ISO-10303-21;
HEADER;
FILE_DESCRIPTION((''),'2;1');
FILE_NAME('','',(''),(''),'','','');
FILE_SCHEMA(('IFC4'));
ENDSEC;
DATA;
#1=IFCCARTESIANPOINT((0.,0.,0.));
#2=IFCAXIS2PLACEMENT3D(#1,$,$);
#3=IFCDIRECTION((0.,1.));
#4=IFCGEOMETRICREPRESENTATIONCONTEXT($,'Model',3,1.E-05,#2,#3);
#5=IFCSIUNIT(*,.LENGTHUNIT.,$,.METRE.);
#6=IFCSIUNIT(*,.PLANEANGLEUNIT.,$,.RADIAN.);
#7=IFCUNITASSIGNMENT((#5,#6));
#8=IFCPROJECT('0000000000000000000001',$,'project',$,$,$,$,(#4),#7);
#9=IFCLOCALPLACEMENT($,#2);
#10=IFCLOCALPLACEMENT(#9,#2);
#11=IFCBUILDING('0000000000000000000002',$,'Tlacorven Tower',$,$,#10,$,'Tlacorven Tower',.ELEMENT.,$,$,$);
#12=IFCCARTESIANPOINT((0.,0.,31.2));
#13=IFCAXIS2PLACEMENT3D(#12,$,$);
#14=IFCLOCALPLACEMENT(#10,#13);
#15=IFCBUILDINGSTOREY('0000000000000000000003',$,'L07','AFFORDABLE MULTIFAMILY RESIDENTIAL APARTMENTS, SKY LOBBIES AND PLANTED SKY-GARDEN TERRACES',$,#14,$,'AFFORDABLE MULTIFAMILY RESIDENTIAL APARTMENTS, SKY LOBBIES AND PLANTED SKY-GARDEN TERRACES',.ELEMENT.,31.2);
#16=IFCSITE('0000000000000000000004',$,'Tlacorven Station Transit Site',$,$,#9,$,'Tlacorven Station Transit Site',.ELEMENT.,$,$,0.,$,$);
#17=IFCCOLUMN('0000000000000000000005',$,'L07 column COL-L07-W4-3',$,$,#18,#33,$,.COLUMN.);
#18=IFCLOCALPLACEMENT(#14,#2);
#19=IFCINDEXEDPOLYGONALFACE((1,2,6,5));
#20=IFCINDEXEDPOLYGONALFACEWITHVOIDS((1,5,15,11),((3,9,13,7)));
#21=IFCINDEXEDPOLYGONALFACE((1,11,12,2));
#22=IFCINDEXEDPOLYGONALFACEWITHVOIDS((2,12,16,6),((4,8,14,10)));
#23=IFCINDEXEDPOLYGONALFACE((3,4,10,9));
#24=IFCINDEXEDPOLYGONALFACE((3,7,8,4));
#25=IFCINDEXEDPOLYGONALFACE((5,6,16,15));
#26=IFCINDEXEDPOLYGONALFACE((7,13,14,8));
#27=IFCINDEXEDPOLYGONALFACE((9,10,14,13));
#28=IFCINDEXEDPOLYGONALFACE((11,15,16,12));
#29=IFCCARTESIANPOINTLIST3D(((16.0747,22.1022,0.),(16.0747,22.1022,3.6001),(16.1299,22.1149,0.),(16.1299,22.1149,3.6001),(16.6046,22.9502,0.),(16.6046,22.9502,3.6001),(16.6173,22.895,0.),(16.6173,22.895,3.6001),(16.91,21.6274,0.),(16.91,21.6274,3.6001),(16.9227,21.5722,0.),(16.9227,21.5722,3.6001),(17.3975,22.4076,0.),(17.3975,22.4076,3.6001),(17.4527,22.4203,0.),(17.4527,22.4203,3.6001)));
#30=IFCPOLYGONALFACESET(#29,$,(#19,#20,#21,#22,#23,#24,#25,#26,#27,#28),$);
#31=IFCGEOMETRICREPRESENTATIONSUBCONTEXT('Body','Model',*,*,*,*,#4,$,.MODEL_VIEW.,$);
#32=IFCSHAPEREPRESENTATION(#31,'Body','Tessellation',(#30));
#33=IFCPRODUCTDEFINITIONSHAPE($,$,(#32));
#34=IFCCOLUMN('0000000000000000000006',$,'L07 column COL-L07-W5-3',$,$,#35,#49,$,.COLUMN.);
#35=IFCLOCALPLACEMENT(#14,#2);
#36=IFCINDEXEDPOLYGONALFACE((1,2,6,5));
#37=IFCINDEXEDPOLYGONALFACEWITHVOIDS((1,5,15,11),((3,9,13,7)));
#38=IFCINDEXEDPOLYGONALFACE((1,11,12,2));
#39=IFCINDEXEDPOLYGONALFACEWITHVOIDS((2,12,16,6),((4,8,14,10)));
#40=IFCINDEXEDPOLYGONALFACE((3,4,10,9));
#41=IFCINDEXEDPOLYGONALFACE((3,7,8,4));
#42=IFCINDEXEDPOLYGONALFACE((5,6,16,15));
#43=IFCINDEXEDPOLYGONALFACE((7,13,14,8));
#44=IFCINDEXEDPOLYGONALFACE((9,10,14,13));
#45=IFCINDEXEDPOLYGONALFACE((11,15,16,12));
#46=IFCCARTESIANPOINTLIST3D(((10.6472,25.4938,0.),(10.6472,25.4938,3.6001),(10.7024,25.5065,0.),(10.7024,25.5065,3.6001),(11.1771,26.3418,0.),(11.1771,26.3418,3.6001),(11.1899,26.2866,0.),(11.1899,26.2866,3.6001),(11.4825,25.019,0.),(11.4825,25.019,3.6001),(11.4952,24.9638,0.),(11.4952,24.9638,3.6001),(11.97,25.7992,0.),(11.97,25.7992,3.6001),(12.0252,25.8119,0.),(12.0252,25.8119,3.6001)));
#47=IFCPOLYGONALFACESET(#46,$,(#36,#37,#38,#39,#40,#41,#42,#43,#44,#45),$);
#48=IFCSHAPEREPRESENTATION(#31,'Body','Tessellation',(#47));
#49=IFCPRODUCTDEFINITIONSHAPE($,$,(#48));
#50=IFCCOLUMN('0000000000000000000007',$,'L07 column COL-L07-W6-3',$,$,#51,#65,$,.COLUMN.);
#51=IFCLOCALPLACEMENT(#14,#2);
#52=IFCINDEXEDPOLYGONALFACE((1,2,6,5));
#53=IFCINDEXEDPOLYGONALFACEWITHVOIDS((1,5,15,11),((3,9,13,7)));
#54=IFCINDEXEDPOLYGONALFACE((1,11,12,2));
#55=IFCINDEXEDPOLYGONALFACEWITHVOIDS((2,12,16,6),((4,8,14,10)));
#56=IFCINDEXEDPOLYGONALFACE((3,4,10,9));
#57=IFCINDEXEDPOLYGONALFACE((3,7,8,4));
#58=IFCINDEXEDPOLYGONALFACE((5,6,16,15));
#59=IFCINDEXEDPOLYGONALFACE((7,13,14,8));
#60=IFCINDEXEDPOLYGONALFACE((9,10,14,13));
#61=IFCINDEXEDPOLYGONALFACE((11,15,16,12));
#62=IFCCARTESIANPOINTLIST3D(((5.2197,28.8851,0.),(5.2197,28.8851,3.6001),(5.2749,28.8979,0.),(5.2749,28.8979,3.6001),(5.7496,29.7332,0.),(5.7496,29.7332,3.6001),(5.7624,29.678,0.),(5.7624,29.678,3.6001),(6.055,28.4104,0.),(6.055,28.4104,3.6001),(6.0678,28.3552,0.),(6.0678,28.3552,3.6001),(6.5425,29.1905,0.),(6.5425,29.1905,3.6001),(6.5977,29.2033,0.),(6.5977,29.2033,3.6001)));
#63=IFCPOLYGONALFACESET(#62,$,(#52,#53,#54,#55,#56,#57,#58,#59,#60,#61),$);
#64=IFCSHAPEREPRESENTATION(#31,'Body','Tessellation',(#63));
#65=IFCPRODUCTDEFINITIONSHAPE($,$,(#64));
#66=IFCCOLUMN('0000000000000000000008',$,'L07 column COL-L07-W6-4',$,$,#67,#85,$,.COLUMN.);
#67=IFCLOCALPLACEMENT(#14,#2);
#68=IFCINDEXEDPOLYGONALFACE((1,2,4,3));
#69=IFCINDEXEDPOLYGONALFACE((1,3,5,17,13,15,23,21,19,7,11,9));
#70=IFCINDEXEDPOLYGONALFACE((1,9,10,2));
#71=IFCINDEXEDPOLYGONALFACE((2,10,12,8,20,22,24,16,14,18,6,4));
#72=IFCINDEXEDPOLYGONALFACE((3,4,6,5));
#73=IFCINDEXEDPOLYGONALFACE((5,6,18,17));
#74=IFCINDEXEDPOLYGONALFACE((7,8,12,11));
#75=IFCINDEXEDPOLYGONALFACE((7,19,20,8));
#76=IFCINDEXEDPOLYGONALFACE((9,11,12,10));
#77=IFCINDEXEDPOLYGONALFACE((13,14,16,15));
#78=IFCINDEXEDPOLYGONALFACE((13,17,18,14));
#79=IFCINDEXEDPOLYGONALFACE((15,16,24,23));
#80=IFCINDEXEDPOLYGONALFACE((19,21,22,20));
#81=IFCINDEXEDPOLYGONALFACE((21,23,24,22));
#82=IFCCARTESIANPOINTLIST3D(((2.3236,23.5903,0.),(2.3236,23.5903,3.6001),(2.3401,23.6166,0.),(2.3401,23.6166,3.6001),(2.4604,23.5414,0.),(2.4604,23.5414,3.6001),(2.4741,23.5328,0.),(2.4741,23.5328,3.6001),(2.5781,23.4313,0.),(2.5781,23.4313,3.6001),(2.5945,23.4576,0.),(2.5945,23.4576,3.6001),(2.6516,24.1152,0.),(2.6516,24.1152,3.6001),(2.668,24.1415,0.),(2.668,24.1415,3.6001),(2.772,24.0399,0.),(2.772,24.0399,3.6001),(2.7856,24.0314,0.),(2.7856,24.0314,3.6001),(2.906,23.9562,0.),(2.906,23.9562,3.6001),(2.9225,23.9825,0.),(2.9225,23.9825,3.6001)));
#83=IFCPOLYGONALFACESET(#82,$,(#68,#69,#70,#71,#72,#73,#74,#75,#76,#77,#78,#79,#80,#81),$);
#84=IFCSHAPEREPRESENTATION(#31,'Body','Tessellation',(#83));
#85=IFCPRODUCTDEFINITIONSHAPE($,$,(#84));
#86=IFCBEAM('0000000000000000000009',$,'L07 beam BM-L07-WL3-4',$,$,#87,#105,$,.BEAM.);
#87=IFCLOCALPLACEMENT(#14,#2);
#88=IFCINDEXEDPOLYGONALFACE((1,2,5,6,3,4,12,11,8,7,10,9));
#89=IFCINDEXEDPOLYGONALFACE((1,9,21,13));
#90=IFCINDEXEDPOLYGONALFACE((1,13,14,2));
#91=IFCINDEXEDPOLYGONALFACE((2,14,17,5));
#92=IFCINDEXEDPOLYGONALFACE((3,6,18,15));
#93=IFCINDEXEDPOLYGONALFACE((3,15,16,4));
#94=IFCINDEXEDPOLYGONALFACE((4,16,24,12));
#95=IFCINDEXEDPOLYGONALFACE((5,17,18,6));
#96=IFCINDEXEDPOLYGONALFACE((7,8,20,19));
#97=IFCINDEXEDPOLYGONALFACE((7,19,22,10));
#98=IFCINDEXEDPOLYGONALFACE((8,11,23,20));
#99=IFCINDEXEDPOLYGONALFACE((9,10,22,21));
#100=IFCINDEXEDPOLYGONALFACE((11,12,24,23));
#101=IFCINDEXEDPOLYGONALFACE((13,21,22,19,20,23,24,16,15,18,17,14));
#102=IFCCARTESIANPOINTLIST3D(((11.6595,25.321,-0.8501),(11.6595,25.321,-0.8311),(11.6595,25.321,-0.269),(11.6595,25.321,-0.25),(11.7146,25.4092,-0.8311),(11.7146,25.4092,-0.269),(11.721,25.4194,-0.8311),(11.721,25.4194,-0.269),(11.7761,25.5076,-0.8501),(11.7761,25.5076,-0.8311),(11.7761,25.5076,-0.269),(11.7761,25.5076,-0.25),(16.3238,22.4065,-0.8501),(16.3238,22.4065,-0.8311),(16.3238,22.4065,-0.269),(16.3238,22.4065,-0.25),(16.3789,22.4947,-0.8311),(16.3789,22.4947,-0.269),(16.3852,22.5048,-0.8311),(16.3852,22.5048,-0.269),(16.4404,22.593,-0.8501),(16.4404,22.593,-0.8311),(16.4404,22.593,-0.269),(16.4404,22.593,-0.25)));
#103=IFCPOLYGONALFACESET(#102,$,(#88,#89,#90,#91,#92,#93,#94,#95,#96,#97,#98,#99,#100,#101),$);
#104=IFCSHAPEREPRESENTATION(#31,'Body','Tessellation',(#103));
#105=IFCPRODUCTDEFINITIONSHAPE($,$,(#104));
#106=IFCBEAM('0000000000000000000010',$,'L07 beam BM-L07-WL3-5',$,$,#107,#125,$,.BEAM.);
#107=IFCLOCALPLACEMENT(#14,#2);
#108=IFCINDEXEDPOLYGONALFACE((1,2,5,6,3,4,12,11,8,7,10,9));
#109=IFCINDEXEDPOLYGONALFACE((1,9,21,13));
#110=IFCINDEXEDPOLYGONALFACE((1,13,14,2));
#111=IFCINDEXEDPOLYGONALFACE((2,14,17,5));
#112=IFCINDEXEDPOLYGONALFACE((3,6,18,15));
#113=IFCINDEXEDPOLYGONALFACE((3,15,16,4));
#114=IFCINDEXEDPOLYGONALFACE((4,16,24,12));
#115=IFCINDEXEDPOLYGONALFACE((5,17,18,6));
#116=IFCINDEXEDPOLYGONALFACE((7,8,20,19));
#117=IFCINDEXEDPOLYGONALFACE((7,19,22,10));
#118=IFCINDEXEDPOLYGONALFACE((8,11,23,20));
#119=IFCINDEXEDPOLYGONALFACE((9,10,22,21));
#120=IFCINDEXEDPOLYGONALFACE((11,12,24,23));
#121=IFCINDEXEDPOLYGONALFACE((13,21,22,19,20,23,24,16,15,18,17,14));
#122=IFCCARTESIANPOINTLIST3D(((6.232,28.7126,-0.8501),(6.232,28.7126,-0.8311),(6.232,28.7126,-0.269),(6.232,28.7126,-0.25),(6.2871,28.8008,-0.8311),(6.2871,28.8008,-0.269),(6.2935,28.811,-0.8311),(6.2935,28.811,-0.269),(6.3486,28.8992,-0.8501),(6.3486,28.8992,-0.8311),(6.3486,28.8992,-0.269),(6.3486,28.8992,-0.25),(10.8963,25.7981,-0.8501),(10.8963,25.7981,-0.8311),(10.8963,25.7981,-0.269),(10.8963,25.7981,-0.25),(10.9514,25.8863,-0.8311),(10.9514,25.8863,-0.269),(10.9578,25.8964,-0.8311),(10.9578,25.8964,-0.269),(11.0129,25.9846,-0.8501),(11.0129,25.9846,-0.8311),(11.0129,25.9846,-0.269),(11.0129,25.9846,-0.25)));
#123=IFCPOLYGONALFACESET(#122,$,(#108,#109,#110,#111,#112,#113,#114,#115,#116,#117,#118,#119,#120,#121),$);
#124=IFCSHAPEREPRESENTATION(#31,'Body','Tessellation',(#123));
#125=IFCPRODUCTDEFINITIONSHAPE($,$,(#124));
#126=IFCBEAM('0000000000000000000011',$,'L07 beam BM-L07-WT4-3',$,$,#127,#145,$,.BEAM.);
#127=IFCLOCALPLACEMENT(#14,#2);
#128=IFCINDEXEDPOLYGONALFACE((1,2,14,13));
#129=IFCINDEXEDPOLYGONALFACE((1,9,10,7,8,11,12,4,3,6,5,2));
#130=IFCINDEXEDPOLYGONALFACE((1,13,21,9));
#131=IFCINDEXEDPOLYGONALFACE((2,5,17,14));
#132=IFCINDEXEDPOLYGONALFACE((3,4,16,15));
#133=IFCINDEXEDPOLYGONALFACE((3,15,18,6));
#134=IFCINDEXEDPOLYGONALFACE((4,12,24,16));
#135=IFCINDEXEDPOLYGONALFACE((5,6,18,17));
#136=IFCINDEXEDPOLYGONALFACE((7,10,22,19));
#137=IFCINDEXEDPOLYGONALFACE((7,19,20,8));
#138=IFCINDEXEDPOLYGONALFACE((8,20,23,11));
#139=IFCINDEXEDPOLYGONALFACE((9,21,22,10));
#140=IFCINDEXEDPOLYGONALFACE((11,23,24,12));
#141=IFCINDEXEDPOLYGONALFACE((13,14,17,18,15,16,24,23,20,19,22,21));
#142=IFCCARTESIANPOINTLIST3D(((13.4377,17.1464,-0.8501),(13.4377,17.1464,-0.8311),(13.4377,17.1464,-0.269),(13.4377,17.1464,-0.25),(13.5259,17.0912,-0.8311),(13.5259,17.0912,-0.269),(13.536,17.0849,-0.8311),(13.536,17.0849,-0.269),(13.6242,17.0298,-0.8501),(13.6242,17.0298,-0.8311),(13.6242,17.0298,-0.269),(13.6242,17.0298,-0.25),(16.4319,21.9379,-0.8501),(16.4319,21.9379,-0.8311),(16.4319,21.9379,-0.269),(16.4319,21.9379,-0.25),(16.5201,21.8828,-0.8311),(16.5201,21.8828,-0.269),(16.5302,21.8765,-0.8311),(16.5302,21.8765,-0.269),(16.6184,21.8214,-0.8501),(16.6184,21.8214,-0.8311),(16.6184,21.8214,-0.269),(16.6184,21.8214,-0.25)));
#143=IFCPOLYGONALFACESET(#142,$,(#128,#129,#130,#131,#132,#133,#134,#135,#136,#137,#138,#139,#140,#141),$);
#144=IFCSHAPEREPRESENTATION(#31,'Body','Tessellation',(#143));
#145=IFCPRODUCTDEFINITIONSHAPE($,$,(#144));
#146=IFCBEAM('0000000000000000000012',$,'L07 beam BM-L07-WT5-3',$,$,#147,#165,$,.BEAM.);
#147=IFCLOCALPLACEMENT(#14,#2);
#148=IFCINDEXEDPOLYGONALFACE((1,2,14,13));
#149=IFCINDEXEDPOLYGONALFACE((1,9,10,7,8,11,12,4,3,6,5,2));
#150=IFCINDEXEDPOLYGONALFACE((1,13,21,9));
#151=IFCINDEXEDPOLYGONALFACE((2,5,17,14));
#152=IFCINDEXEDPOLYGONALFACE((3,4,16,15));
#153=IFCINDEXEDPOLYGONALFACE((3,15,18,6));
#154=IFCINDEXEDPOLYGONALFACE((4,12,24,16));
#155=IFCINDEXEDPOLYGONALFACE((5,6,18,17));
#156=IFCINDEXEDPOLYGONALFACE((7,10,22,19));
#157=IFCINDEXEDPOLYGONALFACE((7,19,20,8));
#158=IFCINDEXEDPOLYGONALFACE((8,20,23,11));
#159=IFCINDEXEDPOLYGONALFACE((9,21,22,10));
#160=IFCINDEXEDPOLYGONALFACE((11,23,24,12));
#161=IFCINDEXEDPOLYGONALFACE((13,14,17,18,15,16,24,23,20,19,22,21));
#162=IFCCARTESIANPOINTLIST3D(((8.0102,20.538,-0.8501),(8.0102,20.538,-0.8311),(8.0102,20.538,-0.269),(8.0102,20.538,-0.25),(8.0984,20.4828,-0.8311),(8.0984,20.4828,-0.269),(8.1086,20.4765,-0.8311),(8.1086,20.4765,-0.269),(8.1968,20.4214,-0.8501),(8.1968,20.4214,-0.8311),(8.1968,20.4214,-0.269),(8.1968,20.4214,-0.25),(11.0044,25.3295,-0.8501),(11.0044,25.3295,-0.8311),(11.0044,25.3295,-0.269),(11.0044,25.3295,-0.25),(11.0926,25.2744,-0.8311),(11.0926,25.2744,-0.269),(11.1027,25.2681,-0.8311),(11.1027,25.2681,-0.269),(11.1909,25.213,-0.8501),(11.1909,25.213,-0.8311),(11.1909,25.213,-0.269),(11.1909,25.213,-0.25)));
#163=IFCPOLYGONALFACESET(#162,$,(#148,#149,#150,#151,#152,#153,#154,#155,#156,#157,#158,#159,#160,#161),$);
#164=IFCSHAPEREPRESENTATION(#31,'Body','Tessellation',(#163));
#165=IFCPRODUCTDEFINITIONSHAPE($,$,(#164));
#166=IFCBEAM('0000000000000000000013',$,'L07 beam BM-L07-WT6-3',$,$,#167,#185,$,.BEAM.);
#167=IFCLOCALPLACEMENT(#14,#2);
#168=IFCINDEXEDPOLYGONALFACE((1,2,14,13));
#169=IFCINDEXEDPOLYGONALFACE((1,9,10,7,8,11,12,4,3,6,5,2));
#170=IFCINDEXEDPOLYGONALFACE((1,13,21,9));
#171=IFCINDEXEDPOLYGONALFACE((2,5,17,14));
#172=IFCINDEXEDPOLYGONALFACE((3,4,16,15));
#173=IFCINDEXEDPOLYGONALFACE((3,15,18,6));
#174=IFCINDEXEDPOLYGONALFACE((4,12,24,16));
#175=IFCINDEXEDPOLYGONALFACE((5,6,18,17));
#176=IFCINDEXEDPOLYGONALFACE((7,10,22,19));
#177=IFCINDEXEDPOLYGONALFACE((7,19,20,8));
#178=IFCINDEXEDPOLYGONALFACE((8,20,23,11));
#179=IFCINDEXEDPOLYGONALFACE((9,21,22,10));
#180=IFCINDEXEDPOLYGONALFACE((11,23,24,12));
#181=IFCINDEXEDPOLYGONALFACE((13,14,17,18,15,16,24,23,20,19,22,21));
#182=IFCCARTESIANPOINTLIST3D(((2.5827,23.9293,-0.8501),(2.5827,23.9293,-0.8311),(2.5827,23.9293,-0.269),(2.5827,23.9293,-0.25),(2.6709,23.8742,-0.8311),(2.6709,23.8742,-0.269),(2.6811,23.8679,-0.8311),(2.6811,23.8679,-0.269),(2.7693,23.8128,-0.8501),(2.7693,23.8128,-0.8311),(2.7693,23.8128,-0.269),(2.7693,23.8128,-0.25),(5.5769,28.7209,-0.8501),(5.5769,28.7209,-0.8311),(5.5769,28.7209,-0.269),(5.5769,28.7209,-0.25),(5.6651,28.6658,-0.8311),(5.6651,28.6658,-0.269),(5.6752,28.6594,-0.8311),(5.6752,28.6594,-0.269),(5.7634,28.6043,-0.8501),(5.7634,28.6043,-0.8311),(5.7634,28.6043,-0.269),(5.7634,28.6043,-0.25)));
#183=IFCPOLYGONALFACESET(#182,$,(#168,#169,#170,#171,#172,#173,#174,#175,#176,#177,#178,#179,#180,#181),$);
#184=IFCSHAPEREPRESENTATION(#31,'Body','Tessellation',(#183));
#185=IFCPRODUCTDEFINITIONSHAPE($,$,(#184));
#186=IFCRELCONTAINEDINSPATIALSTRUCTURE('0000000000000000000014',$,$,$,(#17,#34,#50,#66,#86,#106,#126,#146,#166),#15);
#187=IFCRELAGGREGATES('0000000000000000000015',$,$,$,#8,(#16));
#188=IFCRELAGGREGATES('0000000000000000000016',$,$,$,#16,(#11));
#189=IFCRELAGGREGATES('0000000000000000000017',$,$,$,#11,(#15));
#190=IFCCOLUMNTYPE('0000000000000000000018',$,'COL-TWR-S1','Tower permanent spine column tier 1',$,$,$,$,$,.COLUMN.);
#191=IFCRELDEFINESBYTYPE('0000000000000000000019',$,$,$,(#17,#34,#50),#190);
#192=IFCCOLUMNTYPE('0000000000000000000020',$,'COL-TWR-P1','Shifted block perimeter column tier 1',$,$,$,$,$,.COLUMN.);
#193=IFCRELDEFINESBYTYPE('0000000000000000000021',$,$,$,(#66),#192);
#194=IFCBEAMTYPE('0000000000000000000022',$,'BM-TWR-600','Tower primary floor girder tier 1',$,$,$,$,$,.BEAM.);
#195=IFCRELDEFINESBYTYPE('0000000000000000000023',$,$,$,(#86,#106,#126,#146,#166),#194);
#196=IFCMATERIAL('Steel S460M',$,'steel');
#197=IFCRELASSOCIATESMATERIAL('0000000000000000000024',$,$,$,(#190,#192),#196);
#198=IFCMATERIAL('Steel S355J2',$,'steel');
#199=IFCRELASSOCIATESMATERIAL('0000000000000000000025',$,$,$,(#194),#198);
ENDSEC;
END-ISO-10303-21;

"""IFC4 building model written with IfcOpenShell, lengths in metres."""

from ifc_helpers import new_model, si_unit, direction, frame, origin, origin_2d, place, context, subcontext, project, spatial, hollow_rectangle, i_section, extrude, source, transform, mapped, material, material_profile, profile_set, type_object, element, save


model = new_model("IFC4")

# Units and contexts
model_context = context("Model", 3, precision=1e-05, world=origin(), true_north=direction((0.0, 1.0)))
body_context = subcontext(model_context, "Body", "Model", "MODEL_VIEW")
ifc_project = project(units=[si_unit("LENGTHUNIT", "METRE"), si_unit("PLANEANGLEUNIT", "RADIAN")], contexts=[model_context])

# Site, building, storey
site_placement = place(None, origin())
site = spatial("IfcSite", under=ifc_project, at=site_placement, Name="Tlacorven Station Transit Site", LongName="Tlacorven Station Transit Site", CompositionType="ELEMENT", RefElevation=0.0)
building_placement = place(site_placement, origin())
building = spatial("IfcBuilding", under=site, at=building_placement, Name="Tlacorven Tower", LongName="Tlacorven Tower", CompositionType="ELEMENT")
storey_placement = place(building_placement, frame((0.0, 0.0, 31.2)))
storey = spatial("IfcBuildingStorey", under=building, at=storey_placement, Name="L07", Description="AFFORDABLE MULTIFAMILY RESIDENTIAL APARTMENTS, SKY LOBBIES AND PLANTED SKY-GARDEN TERRACES", LongName="AFFORDABLE MULTIFAMILY RESIDENTIAL APARTMENTS, SKY LOBBIES AND PLANTED SKY-GARDEN TERRACES", CompositionType="ELEMENT", Elevation=31.2)

# Columns
ifc_material_1 = material(Name="Steel S460M", Category="steel")
ifc_material_profile_1 = material_profile(ifc_material_1, hollow_rectangle(XDim=1.0, YDim=1.0, WallThickness=0.04, at=origin_2d()), Name="BOX 1000X1000X40")
ifc_profile_set_1 = profile_set([ifc_material_profile_1], Name="Steel S460M")
column_type_1 = type_object("IfcColumnType", Name="COL-TWR-S1", Description="Tower permanent spine column tier 1", PredefinedType="COLUMN", material=ifc_profile_set_1)
shared_shape_1 = source(origin(), body_context, "Body", "SweptSolid", [
    extrude(hollow_rectangle(XDim=1.0, YDim=1.0, WallThickness=0.04, at=origin_2d()), origin(), (0.0, 0.0, 1.0), 3.6001),
])
for number, where, z_axis, x_axis, name in (
    (1, (16.7637, 22.2612, 0.0), (0.0, 0.0, 1.0), (-0.848048, 0.529919, 0.0), "L07 column COL-L07-W4-3"),
    (2, (11.3362, 25.6528, 0.0), (0.0, 0.0, 1.0), (-0.848048, 0.529919, 0.0), "L07 column COL-L07-W5-3"),
    (3, (5.9087, 29.0442, 0.0), (0.0, 0.0, 1.0), (-0.848048, 0.529919, 0.0), "L07 column COL-L07-W6-3"),
):
    element("IfcColumn", number, at=place(storey_placement, frame(where, z_axis=z_axis, x_axis=x_axis)), inside=storey, type_object=column_type_1, Name=name, PredefinedType="COLUMN", context=body_context, shape_type="MappedRepresentation", body=[
        mapped(shared_shape_1, transform((0.0, 0.0, 0.0), scale=1.0)),
    ])
ifc_material_profile_2 = material_profile(ifc_material_1, i_section(OverallWidth=0.3, OverallDepth=0.6499, WebThickness=0.0161, FlangeThickness=0.031, at=origin_2d()), Name="HEB 650")
ifc_profile_set_2 = profile_set([ifc_material_profile_2], Name="Steel S460M")
column_type_2 = type_object("IfcColumnType", Name="COL-TWR-P1", Description="Shifted block perimeter column tier 1", PredefinedType="COLUMN", material=ifc_profile_set_2)
shared_shape_2 = source(origin(), body_context, "Body", "SweptSolid", [
    extrude(i_section(OverallWidth=0.3, OverallDepth=0.6499, WebThickness=0.0161, FlangeThickness=0.031, at=origin_2d()), origin(), (0.0, 0.0, 1.0), 3.6001),
])
column_placement = place(storey_placement, frame((2.623, 23.7864, 0.0), z_axis=(0.0, 0.0, 1.0), x_axis=(-0.848048, 0.529919, 0.0)))
element("IfcColumn", 4, at=column_placement, inside=storey, type_object=column_type_2, Name="L07 column COL-L07-W6-4", PredefinedType="COLUMN", context=body_context, shape_type="MappedRepresentation", body=[
    mapped(shared_shape_2, transform((0.0, 0.0, 0.0), scale=1.0)),
])

# Beams
ifc_material_2 = material(Name="Steel S355J2", Category="steel")
ifc_material_profile_3 = material_profile(ifc_material_2, i_section(OverallWidth=0.22, OverallDepth=0.6001, WebThickness=0.012, FlangeThickness=0.019, at=origin_2d()), Name="IPE 600")
ifc_profile_set_3 = profile_set([ifc_material_profile_3], Name="Steel S355J2")
beam_type_1 = type_object("IfcBeamType", Name="BM-TWR-600", Description="Tower primary floor girder tier 1", PredefinedType="BEAM", material=ifc_profile_set_3)
shared_shape_3 = source(origin(), body_context, "Body", "SweptSolid", [
    extrude(i_section(OverallWidth=0.22, OverallDepth=0.6001, WebThickness=0.012, FlangeThickness=0.019, at=origin_2d()), origin(), (0.0, 0.0, 1.0), 5.5),
])
for number, where, z_axis, x_axis, name in (
    (5, (16.3821, 22.4998, -0.55), (-0.848051, 0.529915, 0.0), (-0.529915, -0.848051, 0.0), "L07 beam BM-L07-WL3-4"),
    (6, (10.9546, 25.8914, -0.55), (-0.848051, 0.529915, 0.0), (-0.529915, -0.848051, 0.0), "L07 beam BM-L07-WL3-5"),
):
    element("IfcBeam", number, at=place(storey_placement, frame(where, z_axis=z_axis, x_axis=x_axis)), inside=storey, type_object=beam_type_1, Name=name, PredefinedType="BEAM", context=body_context, shape_type="MappedRepresentation", body=[
        mapped(shared_shape_3, transform((0.0, 0.0, 0.0), scale=1.0)),
    ])
shared_shape_4 = source(origin(), body_context, "Body", "SweptSolid", [
    extrude(i_section(OverallWidth=0.22, OverallDepth=0.6001, WebThickness=0.012, FlangeThickness=0.019, at=origin_2d()), origin(), (0.0, 0.0, 1.0), 5.6501),
])
for number, where, z_axis, x_axis, name in (
    (7, (16.5251, 21.8796, -0.55), (-0.529929, -0.848042, 0.0), (0.848042, -0.529929, 0.0), "L07 beam BM-L07-WT4-3"),
    (8, (11.0977, 25.2712, -0.55), (-0.529929, -0.848042, 0.0), (0.848042, -0.529929, 0.0), "L07 beam BM-L07-WT5-3"),
    (9, (5.6702, 28.6626, -0.55), (-0.529929, -0.848042, 0.0), (0.848042, -0.529929, 0.0), "L07 beam BM-L07-WT6-3"),
):
    element("IfcBeam", number, at=place(storey_placement, frame(where, z_axis=z_axis, x_axis=x_axis)), inside=storey, type_object=beam_type_1, Name=name, PredefinedType="BEAM", context=body_context, shape_type="MappedRepresentation", body=[
        mapped(shared_shape_4, transform((0.0, 0.0, 0.0), scale=1.0)),
    ])

save(model, "model.ifc")
